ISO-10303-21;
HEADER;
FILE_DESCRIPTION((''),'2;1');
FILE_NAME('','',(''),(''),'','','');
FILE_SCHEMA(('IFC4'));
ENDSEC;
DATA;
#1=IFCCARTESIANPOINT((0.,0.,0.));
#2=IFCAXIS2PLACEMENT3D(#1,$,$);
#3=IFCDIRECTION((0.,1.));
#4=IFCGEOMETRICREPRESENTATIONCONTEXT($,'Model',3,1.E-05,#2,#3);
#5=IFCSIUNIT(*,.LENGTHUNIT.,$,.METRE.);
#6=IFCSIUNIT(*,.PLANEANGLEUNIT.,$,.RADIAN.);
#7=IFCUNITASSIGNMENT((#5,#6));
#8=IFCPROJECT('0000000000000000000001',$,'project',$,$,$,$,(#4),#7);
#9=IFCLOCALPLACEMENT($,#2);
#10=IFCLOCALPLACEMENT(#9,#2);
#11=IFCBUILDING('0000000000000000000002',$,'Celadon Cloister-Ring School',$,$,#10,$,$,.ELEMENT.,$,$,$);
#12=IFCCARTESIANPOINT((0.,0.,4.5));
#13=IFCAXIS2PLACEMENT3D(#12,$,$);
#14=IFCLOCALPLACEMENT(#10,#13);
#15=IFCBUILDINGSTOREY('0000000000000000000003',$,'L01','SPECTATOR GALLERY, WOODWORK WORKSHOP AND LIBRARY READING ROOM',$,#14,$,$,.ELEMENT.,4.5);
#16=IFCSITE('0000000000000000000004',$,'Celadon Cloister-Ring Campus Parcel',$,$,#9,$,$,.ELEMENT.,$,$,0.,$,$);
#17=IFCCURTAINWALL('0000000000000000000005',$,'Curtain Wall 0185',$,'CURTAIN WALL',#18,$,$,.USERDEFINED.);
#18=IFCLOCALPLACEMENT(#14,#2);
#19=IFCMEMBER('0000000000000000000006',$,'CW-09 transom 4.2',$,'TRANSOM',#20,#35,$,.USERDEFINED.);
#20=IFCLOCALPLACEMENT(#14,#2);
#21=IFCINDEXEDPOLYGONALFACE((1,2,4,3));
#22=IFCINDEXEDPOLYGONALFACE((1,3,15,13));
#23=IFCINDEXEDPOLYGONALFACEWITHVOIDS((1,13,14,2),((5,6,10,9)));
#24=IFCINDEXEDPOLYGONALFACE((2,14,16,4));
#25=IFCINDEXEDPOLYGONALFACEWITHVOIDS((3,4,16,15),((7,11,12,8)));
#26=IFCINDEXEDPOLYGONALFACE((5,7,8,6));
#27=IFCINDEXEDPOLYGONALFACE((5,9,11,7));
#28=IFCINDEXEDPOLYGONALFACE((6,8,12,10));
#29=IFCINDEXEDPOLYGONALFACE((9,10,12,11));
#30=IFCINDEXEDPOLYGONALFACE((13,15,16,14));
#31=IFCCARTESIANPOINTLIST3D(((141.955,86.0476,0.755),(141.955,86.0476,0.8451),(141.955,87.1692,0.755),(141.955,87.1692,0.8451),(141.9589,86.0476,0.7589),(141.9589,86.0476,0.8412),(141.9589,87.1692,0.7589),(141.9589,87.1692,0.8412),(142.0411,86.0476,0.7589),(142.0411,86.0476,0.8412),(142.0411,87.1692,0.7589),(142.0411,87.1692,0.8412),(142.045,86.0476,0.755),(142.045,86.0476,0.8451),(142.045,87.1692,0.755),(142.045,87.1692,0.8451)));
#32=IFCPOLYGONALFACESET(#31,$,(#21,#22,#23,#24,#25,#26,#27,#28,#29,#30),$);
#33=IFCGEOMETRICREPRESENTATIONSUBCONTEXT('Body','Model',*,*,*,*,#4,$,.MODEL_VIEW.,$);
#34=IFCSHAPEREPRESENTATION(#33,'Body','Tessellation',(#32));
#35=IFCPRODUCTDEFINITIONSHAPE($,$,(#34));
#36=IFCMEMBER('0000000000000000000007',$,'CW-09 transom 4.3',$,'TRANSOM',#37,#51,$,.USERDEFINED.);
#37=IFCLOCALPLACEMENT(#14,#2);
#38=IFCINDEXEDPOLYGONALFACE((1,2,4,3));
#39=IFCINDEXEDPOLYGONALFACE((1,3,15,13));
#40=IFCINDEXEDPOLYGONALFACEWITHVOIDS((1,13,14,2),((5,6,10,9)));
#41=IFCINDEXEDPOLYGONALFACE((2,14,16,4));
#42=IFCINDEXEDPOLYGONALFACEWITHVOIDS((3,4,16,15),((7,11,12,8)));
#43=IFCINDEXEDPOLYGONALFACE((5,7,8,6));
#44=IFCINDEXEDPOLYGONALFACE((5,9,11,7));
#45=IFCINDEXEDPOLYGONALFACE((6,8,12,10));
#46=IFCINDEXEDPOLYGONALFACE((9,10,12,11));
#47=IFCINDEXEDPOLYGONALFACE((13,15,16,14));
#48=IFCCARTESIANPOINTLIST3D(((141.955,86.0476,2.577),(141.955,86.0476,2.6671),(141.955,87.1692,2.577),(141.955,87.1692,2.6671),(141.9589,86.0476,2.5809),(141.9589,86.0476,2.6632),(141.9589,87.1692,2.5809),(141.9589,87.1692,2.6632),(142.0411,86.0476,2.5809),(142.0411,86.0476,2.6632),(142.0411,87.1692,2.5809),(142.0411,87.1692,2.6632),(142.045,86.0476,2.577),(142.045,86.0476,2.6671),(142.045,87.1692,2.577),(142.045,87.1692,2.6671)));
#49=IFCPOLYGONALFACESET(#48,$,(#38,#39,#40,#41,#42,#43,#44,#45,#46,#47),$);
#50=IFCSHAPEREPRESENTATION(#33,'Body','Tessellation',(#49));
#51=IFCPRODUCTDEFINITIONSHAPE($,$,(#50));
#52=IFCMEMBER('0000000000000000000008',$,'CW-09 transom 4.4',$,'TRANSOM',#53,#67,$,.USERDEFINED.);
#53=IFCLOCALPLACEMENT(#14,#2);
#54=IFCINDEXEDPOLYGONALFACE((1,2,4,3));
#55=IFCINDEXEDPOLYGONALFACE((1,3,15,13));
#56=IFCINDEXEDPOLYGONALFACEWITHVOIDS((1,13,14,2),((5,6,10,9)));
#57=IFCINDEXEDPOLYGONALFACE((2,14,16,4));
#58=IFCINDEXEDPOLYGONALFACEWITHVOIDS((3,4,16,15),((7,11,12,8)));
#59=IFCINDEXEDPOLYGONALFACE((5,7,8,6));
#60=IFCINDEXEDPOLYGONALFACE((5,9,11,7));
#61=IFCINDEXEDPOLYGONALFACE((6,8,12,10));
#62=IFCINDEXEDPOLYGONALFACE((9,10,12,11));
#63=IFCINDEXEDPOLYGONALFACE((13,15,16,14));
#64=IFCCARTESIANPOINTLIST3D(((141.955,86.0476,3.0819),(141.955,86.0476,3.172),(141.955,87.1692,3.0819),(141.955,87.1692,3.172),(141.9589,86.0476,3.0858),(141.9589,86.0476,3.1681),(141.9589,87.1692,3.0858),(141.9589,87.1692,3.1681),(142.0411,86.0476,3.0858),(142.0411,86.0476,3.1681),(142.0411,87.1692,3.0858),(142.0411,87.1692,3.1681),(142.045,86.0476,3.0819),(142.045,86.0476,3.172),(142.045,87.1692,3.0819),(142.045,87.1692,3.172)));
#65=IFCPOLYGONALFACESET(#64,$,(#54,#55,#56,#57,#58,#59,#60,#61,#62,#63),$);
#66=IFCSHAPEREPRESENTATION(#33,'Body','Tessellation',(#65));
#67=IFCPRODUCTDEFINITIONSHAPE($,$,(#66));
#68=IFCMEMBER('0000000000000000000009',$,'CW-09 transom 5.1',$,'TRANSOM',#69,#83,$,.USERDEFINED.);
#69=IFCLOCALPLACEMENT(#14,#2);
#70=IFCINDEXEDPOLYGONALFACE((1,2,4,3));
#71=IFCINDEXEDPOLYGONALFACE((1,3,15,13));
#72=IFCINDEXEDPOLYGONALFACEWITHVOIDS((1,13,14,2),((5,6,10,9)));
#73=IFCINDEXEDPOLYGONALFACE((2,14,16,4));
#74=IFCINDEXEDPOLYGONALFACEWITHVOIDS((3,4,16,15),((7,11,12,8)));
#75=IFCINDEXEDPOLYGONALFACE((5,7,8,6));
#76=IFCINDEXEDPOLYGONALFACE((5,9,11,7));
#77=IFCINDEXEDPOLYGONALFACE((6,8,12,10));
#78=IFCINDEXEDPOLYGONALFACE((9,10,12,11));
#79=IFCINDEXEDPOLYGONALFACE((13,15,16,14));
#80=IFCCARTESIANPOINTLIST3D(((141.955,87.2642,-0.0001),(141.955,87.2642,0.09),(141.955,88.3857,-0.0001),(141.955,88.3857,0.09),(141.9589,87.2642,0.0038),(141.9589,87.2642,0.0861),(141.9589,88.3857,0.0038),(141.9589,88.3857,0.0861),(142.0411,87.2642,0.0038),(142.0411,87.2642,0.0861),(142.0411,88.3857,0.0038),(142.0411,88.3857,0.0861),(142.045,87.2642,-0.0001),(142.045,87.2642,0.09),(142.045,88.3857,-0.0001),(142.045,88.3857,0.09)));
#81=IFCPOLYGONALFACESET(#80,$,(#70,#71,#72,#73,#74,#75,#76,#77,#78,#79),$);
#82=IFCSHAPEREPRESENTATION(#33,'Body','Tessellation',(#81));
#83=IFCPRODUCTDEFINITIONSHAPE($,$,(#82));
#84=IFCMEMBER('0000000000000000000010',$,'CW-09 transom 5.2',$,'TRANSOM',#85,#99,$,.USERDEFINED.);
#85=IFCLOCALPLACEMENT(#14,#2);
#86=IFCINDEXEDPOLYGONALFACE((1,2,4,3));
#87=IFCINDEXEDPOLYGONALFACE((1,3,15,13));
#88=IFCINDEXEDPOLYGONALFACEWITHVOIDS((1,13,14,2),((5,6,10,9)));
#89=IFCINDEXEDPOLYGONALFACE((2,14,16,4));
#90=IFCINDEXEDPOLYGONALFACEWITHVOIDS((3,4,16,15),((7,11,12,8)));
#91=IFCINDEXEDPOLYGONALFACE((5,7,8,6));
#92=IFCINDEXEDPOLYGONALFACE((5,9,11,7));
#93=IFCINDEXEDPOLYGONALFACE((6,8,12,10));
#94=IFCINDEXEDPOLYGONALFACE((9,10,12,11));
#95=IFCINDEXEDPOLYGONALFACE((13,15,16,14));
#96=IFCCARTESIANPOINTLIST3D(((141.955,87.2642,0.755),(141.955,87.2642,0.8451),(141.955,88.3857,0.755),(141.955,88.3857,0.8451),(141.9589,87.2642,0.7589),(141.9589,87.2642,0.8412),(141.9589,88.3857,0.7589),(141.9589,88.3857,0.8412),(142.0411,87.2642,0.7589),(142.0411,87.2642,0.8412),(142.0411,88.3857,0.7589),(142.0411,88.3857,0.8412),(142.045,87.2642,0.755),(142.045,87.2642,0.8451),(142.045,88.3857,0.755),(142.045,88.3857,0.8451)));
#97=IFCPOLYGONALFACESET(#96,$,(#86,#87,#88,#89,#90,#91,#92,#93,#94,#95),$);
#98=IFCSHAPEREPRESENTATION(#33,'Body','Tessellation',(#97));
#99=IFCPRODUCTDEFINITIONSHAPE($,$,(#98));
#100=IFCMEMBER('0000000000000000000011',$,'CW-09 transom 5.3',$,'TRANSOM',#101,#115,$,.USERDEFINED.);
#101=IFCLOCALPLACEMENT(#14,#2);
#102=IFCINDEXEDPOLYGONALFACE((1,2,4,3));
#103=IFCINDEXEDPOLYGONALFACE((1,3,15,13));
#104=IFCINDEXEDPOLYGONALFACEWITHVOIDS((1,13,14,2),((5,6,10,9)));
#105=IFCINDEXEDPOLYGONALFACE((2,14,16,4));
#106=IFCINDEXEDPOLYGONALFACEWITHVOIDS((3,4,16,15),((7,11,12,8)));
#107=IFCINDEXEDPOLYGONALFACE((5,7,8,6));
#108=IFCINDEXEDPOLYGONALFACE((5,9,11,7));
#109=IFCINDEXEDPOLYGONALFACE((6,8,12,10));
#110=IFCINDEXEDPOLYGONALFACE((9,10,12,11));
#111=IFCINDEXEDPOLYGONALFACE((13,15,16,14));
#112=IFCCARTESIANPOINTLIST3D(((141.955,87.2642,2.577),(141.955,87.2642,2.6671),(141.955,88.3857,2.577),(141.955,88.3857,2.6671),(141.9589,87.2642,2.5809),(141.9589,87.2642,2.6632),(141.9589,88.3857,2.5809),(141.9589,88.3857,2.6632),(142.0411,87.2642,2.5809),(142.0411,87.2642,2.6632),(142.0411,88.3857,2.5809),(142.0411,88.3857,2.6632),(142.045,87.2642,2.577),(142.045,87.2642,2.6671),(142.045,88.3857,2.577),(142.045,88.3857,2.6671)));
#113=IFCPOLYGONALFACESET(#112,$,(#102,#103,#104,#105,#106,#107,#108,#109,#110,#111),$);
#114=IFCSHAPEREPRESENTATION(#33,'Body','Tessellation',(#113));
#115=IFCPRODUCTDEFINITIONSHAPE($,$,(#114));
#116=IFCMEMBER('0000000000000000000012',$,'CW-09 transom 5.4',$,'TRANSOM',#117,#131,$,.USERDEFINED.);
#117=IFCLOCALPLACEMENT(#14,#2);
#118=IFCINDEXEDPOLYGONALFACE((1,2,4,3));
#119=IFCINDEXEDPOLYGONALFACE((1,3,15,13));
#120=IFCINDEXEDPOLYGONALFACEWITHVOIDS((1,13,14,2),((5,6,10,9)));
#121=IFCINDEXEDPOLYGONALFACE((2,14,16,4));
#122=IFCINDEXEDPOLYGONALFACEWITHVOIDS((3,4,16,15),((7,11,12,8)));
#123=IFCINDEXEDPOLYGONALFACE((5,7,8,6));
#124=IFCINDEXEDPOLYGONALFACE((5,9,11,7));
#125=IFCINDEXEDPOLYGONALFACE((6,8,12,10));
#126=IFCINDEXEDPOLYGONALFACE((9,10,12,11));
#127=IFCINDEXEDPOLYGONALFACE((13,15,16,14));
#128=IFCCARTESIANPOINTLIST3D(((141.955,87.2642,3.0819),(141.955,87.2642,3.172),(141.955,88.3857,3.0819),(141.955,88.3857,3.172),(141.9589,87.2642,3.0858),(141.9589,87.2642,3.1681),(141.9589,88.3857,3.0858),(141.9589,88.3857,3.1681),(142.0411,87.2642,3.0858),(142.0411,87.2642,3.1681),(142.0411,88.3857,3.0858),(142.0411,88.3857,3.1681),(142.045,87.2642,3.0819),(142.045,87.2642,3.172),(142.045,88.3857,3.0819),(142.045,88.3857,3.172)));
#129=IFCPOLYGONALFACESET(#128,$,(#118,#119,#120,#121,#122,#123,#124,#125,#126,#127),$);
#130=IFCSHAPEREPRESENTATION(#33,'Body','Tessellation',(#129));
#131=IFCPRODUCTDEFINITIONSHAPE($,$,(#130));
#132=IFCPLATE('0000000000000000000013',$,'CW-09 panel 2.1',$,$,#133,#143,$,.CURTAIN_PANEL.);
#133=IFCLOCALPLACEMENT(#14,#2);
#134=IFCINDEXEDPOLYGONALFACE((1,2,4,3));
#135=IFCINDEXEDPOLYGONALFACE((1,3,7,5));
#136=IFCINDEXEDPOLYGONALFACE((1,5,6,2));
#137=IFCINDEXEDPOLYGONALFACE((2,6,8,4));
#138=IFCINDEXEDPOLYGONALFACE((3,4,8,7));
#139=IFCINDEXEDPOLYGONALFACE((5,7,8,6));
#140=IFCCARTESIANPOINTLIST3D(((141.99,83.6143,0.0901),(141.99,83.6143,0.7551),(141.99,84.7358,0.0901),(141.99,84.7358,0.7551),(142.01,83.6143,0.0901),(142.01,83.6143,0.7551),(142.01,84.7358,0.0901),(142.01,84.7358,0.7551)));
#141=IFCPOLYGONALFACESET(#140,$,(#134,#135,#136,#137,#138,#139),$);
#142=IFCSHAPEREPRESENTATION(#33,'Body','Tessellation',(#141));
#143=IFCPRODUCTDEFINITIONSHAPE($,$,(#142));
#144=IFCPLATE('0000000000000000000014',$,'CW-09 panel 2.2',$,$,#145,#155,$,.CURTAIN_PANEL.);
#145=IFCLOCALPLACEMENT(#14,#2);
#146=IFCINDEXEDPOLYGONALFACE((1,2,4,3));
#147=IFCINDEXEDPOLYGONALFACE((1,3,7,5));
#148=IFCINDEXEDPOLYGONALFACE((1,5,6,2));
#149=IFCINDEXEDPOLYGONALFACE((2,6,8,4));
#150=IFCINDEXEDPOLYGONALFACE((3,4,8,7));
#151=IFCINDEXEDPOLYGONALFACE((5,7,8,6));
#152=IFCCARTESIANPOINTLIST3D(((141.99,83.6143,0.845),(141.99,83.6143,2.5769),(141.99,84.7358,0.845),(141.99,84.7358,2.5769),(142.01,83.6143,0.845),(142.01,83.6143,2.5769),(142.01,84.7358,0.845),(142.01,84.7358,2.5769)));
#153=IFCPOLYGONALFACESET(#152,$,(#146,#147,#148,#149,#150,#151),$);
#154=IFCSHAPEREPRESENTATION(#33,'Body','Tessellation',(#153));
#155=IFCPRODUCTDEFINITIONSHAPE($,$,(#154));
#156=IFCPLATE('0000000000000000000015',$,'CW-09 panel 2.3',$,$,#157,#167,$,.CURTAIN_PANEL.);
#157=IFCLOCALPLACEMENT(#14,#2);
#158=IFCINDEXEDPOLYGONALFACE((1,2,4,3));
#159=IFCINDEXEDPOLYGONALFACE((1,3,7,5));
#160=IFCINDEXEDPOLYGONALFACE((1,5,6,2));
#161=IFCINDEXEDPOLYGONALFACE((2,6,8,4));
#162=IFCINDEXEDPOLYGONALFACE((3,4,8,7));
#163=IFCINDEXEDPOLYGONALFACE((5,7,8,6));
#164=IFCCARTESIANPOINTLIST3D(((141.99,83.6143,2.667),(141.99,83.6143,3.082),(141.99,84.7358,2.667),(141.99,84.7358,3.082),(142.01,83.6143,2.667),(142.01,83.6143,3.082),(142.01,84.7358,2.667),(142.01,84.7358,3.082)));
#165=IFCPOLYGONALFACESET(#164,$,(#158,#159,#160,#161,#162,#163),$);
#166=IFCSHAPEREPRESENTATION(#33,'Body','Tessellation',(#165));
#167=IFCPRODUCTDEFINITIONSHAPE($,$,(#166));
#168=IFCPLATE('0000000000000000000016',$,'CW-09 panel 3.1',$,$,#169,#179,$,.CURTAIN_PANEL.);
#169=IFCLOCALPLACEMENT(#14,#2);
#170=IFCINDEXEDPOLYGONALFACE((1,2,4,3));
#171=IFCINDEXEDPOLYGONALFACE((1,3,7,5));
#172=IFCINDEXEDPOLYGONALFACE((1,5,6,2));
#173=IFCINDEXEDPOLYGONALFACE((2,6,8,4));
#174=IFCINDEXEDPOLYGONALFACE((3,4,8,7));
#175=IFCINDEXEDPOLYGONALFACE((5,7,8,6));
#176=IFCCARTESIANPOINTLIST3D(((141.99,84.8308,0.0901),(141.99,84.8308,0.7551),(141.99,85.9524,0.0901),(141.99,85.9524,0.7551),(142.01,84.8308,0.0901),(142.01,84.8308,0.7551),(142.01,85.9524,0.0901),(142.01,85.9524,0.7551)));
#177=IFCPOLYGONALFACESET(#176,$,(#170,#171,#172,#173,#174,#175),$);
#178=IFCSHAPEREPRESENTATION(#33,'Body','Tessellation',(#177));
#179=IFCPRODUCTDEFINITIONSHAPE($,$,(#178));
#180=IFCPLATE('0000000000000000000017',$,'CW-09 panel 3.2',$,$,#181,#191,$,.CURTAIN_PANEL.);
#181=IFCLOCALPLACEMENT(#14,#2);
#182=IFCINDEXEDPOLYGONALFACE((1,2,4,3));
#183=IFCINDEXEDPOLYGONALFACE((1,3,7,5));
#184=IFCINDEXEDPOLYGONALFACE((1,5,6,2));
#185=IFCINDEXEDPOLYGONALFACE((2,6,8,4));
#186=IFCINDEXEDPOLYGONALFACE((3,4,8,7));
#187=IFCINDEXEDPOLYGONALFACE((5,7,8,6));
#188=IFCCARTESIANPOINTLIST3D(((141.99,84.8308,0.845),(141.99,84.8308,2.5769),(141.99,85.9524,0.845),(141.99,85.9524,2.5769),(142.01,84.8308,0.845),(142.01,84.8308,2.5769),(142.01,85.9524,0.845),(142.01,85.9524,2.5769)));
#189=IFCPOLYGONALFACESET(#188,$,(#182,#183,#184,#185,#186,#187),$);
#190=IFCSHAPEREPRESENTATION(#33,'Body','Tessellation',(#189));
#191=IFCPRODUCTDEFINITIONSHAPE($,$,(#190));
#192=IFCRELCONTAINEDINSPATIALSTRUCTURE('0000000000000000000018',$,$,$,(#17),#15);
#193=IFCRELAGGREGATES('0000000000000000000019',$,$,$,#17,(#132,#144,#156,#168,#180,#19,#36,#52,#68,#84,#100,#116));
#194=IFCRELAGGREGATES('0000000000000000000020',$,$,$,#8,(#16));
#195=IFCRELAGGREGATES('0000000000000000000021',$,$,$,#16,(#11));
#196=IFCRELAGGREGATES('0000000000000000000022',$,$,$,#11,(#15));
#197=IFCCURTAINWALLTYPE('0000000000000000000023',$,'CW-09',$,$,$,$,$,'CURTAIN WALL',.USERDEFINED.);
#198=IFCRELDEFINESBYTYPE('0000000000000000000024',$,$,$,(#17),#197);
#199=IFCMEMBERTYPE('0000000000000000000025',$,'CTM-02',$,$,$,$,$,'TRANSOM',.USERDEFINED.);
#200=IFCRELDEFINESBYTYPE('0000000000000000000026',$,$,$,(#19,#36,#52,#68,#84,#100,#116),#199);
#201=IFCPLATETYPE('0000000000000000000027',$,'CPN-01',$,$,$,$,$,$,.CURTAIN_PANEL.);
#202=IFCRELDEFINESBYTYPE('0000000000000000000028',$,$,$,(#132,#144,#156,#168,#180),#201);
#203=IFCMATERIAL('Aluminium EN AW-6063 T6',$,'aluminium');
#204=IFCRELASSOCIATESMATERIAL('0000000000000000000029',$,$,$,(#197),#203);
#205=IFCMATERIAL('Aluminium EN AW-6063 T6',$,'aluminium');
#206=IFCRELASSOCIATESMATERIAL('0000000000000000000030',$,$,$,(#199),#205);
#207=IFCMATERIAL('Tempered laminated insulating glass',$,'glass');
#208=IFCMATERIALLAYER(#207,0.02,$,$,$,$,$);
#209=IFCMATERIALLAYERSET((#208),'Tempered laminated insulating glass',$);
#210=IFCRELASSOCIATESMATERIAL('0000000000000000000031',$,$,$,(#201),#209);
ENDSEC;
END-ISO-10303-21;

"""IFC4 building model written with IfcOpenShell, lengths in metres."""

from ifc_helpers import new_model, si_unit, direction, frame, origin, origin_2d, place, context, subcontext, project, spatial, rectangle, hollow_rectangle, extrude, material, layer, layer_set, material_profile, profile_set, type_object, element, aggregate, save


model = new_model("IFC4")

# Units and contexts
model_context = context("Model", 3, precision=1e-05, world=origin(), true_north=direction((0.0, 1.0)))
body_context = subcontext(model_context, "Body", "Model", "MODEL_VIEW")
ifc_project = project(units=[si_unit("LENGTHUNIT", "METRE"), si_unit("PLANEANGLEUNIT", "RADIAN")], contexts=[model_context])

# Site, building, storey
site_placement = place(None, origin())
site = spatial("IfcSite", under=ifc_project, at=site_placement, Name="Celadon Cloister-Ring Campus Parcel", CompositionType="ELEMENT", RefElevation=0.0)
building_placement = place(site_placement, origin())
building = spatial("IfcBuilding", under=site, at=building_placement, Name="Celadon Cloister-Ring School", CompositionType="ELEMENT")
storey_placement = place(building_placement, frame((0.0, 0.0, 4.5)))
storey = spatial("IfcBuildingStorey", under=building, at=storey_placement, Name="L01", Description="SPECTATOR GALLERY, WOODWORK WORKSHOP AND LIBRARY READING ROOM", CompositionType="ELEMENT", Elevation=4.5)

# Curtain wall, members, plates
ifc_material_1 = material(Name="Aluminium EN AW-6063 T6", Category="aluminium")
curtain_wall_type = type_object("IfcCurtainWallType", Name="CW-09", ElementType="CURTAIN WALL", PredefinedType="USERDEFINED", material=ifc_material_1)
curtain_wall_placement = place(storey_placement, origin())
curtain_wall = element("IfcCurtainWall", 1, at=curtain_wall_placement, inside=storey, type_object=curtain_wall_type, Name="Curtain Wall 0185", ObjectType="CURTAIN WALL", PredefinedType="USERDEFINED")
ifc_material_2 = material(Name="Aluminium EN AW-6063 T6", Category="aluminium")
ifc_material_profile_1 = material_profile(ifc_material_2, hollow_rectangle(XDim=0.0901, YDim=0.0901, WallThickness=0.0039, at=origin_2d()), Name="RHS90X90X4")
ifc_profile_set_1 = profile_set([ifc_material_profile_1], Name="Aluminium EN AW-6063 T6")
member_type_1 = type_object("IfcMemberType", Name="CTM-02", ElementType="TRANSOM", PredefinedType="USERDEFINED", material=ifc_profile_set_1)
member_1_placement = place(storey_placement, frame((142.0, 86.0476, 0.8), z_axis=(0.0, 1.0, 0.0), x_axis=(-1.0, 0.0, 0.0)))
member_1 = element("IfcMember", 2, at=member_1_placement, type_object=member_type_1, Name="CW-09 transom 4.2", ObjectType="TRANSOM", PredefinedType="USERDEFINED", context=body_context, shape_type="SweptSolid", body=[
    extrude(hollow_rectangle(XDim=0.0901, YDim=0.0901, WallThickness=0.0039, at=origin_2d()), origin(), (0.0, 0.0, 1.0), 1.1216),
])
member_2_placement = place(storey_placement, frame((142.0, 86.0476, 2.6221), z_axis=(0.0, 1.0, 0.0), x_axis=(-1.0, 0.0, 0.0)))
member_2 = element("IfcMember", 3, at=member_2_placement, type_object=member_type_1, Name="CW-09 transom 4.3", ObjectType="TRANSOM", PredefinedType="USERDEFINED", context=body_context, shape_type="SweptSolid", body=[
    extrude(hollow_rectangle(XDim=0.0901, YDim=0.0901, WallThickness=0.0039, at=origin_2d()), origin(), (0.0, 0.0, 1.0), 1.1216),
])
member_3_placement = place(storey_placement, frame((142.0, 86.0476, 3.127), z_axis=(0.0, 1.0, 0.0), x_axis=(-1.0, 0.0, 0.0)))
member_3 = element("IfcMember", 4, at=member_3_placement, type_object=member_type_1, Name="CW-09 transom 4.4", ObjectType="TRANSOM", PredefinedType="USERDEFINED", context=body_context, shape_type="SweptSolid", body=[
    extrude(hollow_rectangle(XDim=0.0901, YDim=0.0901, WallThickness=0.0039, at=origin_2d()), origin(), (0.0, 0.0, 1.0), 1.1216),
])
member_4_placement = place(storey_placement, frame((142.0, 87.2642, 0.0449), z_axis=(0.0, 1.0, 0.0), x_axis=(-1.0, 0.0, 0.0)))
member_4 = element("IfcMember", 5, at=member_4_placement, type_object=member_type_1, Name="CW-09 transom 5.1", ObjectType="TRANSOM", PredefinedType="USERDEFINED", context=body_context, shape_type="SweptSolid", body=[
    extrude(hollow_rectangle(XDim=0.0901, YDim=0.0901, WallThickness=0.0039, at=origin_2d()), origin(), (0.0, 0.0, 1.0), 1.1216),
])
member_5_placement = place(storey_placement, frame((142.0, 87.2642, 0.8), z_axis=(0.0, 1.0, 0.0), x_axis=(-1.0, 0.0, 0.0)))
member_5 = element("IfcMember", 6, at=member_5_placement, type_object=member_type_1, Name="CW-09 transom 5.2", ObjectType="TRANSOM", PredefinedType="USERDEFINED", context=body_context, shape_type="SweptSolid", body=[
    extrude(hollow_rectangle(XDim=0.0901, YDim=0.0901, WallThickness=0.0039, at=origin_2d()), origin(), (0.0, 0.0, 1.0), 1.1216),
])
member_6_placement = place(storey_placement, frame((142.0, 87.2642, 2.6221), z_axis=(0.0, 1.0, 0.0), x_axis=(-1.0, 0.0, 0.0)))
member_6 = element("IfcMember", 7, at=member_6_placement, type_object=member_type_1, Name="CW-09 transom 5.3", ObjectType="TRANSOM", PredefinedType="USERDEFINED", context=body_context, shape_type="SweptSolid", body=[
    extrude(hollow_rectangle(XDim=0.0901, YDim=0.0901, WallThickness=0.0039, at=origin_2d()), origin(), (0.0, 0.0, 1.0), 1.1216),
])
member_7_placement = place(storey_placement, frame((142.0, 87.2642, 3.127), z_axis=(0.0, 1.0, 0.0), x_axis=(-1.0, 0.0, 0.0)))
member_7 = element("IfcMember", 8, at=member_7_placement, type_object=member_type_1, Name="CW-09 transom 5.4", ObjectType="TRANSOM", PredefinedType="USERDEFINED", context=body_context, shape_type="SweptSolid", body=[
    extrude(hollow_rectangle(XDim=0.0901, YDim=0.0901, WallThickness=0.0039, at=origin_2d()), origin(), (0.0, 0.0, 1.0), 1.1216),
])
ifc_material_3 = material(Name="Tempered laminated insulating glass", Category="glass")
ifc_layer = layer(ifc_material_3, 0.02)
ifc_layer_set = layer_set([ifc_layer], Name="Tempered laminated insulating glass")
plate_type = type_object("IfcPlateType", Name="CPN-01", PredefinedType="CURTAIN_PANEL", material=ifc_layer_set)
plate_1_placement = place(storey_placement, frame((142.0, 84.175, 0.0901), z_axis=(0.0, 0.0, 1.0), x_axis=(0.0, 1.0, 0.0)))
plate_1 = element("IfcPlate", 9, at=plate_1_placement, type_object=plate_type, Name="CW-09 panel 2.1", PredefinedType="CURTAIN_PANEL", context=body_context, shape_type="SweptSolid", body=[
    extrude(rectangle(XDim=1.1216, YDim=0.02, at=origin_2d()), origin(), (0.0, 0.0, 1.0), 0.665),
])
plate_2_placement = place(storey_placement, frame((142.0, 84.175, 0.845), z_axis=(0.0, 0.0, 1.0), x_axis=(0.0, 1.0, 0.0)))
plate_2 = element("IfcPlate", 10, at=plate_2_placement, type_object=plate_type, Name="CW-09 panel 2.2", PredefinedType="CURTAIN_PANEL", context=body_context, shape_type="SweptSolid", body=[
    extrude(rectangle(XDim=1.1216, YDim=0.02, at=origin_2d()), origin(), (0.0, 0.0, 1.0), 1.7319),
])
plate_3_placement = place(storey_placement, frame((142.0, 84.175, 2.667), z_axis=(0.0, 0.0, 1.0), x_axis=(0.0, 1.0, 0.0)))
plate_3 = element("IfcPlate", 11, at=plate_3_placement, type_object=plate_type, Name="CW-09 panel 2.3", PredefinedType="CURTAIN_PANEL", context=body_context, shape_type="SweptSolid", body=[
    extrude(rectangle(XDim=1.1216, YDim=0.02, at=origin_2d()), origin(), (0.0, 0.0, 1.0), 0.415),
])
plate_4_placement = place(storey_placement, frame((142.0, 85.3916, 0.0901), z_axis=(0.0, 0.0, 1.0), x_axis=(0.0, 1.0, 0.0)))
plate_4 = element("IfcPlate", 12, at=plate_4_placement, type_object=plate_type, Name="CW-09 panel 3.1", PredefinedType="CURTAIN_PANEL", context=body_context, shape_type="SweptSolid", body=[
    extrude(rectangle(XDim=1.1216, YDim=0.02, at=origin_2d()), origin(), (0.0, 0.0, 1.0), 0.665),
])
plate_5_placement = place(storey_placement, frame((142.0, 85.3916, 0.845), z_axis=(0.0, 0.0, 1.0), x_axis=(0.0, 1.0, 0.0)))
plate_5 = element("IfcPlate", 13, at=plate_5_placement, type_object=plate_type, Name="CW-09 panel 3.2", PredefinedType="CURTAIN_PANEL", context=body_context, shape_type="SweptSolid", body=[
    extrude(rectangle(XDim=1.1216, YDim=0.02, at=origin_2d()), origin(), (0.0, 0.0, 1.0), 1.7319),
])
aggregate(curtain_wall, [plate_1, plate_2, plate_3, plate_4, plate_5, member_1, member_2, member_3, member_4, member_5, member_6, member_7])

save(model, "model.ifc")
